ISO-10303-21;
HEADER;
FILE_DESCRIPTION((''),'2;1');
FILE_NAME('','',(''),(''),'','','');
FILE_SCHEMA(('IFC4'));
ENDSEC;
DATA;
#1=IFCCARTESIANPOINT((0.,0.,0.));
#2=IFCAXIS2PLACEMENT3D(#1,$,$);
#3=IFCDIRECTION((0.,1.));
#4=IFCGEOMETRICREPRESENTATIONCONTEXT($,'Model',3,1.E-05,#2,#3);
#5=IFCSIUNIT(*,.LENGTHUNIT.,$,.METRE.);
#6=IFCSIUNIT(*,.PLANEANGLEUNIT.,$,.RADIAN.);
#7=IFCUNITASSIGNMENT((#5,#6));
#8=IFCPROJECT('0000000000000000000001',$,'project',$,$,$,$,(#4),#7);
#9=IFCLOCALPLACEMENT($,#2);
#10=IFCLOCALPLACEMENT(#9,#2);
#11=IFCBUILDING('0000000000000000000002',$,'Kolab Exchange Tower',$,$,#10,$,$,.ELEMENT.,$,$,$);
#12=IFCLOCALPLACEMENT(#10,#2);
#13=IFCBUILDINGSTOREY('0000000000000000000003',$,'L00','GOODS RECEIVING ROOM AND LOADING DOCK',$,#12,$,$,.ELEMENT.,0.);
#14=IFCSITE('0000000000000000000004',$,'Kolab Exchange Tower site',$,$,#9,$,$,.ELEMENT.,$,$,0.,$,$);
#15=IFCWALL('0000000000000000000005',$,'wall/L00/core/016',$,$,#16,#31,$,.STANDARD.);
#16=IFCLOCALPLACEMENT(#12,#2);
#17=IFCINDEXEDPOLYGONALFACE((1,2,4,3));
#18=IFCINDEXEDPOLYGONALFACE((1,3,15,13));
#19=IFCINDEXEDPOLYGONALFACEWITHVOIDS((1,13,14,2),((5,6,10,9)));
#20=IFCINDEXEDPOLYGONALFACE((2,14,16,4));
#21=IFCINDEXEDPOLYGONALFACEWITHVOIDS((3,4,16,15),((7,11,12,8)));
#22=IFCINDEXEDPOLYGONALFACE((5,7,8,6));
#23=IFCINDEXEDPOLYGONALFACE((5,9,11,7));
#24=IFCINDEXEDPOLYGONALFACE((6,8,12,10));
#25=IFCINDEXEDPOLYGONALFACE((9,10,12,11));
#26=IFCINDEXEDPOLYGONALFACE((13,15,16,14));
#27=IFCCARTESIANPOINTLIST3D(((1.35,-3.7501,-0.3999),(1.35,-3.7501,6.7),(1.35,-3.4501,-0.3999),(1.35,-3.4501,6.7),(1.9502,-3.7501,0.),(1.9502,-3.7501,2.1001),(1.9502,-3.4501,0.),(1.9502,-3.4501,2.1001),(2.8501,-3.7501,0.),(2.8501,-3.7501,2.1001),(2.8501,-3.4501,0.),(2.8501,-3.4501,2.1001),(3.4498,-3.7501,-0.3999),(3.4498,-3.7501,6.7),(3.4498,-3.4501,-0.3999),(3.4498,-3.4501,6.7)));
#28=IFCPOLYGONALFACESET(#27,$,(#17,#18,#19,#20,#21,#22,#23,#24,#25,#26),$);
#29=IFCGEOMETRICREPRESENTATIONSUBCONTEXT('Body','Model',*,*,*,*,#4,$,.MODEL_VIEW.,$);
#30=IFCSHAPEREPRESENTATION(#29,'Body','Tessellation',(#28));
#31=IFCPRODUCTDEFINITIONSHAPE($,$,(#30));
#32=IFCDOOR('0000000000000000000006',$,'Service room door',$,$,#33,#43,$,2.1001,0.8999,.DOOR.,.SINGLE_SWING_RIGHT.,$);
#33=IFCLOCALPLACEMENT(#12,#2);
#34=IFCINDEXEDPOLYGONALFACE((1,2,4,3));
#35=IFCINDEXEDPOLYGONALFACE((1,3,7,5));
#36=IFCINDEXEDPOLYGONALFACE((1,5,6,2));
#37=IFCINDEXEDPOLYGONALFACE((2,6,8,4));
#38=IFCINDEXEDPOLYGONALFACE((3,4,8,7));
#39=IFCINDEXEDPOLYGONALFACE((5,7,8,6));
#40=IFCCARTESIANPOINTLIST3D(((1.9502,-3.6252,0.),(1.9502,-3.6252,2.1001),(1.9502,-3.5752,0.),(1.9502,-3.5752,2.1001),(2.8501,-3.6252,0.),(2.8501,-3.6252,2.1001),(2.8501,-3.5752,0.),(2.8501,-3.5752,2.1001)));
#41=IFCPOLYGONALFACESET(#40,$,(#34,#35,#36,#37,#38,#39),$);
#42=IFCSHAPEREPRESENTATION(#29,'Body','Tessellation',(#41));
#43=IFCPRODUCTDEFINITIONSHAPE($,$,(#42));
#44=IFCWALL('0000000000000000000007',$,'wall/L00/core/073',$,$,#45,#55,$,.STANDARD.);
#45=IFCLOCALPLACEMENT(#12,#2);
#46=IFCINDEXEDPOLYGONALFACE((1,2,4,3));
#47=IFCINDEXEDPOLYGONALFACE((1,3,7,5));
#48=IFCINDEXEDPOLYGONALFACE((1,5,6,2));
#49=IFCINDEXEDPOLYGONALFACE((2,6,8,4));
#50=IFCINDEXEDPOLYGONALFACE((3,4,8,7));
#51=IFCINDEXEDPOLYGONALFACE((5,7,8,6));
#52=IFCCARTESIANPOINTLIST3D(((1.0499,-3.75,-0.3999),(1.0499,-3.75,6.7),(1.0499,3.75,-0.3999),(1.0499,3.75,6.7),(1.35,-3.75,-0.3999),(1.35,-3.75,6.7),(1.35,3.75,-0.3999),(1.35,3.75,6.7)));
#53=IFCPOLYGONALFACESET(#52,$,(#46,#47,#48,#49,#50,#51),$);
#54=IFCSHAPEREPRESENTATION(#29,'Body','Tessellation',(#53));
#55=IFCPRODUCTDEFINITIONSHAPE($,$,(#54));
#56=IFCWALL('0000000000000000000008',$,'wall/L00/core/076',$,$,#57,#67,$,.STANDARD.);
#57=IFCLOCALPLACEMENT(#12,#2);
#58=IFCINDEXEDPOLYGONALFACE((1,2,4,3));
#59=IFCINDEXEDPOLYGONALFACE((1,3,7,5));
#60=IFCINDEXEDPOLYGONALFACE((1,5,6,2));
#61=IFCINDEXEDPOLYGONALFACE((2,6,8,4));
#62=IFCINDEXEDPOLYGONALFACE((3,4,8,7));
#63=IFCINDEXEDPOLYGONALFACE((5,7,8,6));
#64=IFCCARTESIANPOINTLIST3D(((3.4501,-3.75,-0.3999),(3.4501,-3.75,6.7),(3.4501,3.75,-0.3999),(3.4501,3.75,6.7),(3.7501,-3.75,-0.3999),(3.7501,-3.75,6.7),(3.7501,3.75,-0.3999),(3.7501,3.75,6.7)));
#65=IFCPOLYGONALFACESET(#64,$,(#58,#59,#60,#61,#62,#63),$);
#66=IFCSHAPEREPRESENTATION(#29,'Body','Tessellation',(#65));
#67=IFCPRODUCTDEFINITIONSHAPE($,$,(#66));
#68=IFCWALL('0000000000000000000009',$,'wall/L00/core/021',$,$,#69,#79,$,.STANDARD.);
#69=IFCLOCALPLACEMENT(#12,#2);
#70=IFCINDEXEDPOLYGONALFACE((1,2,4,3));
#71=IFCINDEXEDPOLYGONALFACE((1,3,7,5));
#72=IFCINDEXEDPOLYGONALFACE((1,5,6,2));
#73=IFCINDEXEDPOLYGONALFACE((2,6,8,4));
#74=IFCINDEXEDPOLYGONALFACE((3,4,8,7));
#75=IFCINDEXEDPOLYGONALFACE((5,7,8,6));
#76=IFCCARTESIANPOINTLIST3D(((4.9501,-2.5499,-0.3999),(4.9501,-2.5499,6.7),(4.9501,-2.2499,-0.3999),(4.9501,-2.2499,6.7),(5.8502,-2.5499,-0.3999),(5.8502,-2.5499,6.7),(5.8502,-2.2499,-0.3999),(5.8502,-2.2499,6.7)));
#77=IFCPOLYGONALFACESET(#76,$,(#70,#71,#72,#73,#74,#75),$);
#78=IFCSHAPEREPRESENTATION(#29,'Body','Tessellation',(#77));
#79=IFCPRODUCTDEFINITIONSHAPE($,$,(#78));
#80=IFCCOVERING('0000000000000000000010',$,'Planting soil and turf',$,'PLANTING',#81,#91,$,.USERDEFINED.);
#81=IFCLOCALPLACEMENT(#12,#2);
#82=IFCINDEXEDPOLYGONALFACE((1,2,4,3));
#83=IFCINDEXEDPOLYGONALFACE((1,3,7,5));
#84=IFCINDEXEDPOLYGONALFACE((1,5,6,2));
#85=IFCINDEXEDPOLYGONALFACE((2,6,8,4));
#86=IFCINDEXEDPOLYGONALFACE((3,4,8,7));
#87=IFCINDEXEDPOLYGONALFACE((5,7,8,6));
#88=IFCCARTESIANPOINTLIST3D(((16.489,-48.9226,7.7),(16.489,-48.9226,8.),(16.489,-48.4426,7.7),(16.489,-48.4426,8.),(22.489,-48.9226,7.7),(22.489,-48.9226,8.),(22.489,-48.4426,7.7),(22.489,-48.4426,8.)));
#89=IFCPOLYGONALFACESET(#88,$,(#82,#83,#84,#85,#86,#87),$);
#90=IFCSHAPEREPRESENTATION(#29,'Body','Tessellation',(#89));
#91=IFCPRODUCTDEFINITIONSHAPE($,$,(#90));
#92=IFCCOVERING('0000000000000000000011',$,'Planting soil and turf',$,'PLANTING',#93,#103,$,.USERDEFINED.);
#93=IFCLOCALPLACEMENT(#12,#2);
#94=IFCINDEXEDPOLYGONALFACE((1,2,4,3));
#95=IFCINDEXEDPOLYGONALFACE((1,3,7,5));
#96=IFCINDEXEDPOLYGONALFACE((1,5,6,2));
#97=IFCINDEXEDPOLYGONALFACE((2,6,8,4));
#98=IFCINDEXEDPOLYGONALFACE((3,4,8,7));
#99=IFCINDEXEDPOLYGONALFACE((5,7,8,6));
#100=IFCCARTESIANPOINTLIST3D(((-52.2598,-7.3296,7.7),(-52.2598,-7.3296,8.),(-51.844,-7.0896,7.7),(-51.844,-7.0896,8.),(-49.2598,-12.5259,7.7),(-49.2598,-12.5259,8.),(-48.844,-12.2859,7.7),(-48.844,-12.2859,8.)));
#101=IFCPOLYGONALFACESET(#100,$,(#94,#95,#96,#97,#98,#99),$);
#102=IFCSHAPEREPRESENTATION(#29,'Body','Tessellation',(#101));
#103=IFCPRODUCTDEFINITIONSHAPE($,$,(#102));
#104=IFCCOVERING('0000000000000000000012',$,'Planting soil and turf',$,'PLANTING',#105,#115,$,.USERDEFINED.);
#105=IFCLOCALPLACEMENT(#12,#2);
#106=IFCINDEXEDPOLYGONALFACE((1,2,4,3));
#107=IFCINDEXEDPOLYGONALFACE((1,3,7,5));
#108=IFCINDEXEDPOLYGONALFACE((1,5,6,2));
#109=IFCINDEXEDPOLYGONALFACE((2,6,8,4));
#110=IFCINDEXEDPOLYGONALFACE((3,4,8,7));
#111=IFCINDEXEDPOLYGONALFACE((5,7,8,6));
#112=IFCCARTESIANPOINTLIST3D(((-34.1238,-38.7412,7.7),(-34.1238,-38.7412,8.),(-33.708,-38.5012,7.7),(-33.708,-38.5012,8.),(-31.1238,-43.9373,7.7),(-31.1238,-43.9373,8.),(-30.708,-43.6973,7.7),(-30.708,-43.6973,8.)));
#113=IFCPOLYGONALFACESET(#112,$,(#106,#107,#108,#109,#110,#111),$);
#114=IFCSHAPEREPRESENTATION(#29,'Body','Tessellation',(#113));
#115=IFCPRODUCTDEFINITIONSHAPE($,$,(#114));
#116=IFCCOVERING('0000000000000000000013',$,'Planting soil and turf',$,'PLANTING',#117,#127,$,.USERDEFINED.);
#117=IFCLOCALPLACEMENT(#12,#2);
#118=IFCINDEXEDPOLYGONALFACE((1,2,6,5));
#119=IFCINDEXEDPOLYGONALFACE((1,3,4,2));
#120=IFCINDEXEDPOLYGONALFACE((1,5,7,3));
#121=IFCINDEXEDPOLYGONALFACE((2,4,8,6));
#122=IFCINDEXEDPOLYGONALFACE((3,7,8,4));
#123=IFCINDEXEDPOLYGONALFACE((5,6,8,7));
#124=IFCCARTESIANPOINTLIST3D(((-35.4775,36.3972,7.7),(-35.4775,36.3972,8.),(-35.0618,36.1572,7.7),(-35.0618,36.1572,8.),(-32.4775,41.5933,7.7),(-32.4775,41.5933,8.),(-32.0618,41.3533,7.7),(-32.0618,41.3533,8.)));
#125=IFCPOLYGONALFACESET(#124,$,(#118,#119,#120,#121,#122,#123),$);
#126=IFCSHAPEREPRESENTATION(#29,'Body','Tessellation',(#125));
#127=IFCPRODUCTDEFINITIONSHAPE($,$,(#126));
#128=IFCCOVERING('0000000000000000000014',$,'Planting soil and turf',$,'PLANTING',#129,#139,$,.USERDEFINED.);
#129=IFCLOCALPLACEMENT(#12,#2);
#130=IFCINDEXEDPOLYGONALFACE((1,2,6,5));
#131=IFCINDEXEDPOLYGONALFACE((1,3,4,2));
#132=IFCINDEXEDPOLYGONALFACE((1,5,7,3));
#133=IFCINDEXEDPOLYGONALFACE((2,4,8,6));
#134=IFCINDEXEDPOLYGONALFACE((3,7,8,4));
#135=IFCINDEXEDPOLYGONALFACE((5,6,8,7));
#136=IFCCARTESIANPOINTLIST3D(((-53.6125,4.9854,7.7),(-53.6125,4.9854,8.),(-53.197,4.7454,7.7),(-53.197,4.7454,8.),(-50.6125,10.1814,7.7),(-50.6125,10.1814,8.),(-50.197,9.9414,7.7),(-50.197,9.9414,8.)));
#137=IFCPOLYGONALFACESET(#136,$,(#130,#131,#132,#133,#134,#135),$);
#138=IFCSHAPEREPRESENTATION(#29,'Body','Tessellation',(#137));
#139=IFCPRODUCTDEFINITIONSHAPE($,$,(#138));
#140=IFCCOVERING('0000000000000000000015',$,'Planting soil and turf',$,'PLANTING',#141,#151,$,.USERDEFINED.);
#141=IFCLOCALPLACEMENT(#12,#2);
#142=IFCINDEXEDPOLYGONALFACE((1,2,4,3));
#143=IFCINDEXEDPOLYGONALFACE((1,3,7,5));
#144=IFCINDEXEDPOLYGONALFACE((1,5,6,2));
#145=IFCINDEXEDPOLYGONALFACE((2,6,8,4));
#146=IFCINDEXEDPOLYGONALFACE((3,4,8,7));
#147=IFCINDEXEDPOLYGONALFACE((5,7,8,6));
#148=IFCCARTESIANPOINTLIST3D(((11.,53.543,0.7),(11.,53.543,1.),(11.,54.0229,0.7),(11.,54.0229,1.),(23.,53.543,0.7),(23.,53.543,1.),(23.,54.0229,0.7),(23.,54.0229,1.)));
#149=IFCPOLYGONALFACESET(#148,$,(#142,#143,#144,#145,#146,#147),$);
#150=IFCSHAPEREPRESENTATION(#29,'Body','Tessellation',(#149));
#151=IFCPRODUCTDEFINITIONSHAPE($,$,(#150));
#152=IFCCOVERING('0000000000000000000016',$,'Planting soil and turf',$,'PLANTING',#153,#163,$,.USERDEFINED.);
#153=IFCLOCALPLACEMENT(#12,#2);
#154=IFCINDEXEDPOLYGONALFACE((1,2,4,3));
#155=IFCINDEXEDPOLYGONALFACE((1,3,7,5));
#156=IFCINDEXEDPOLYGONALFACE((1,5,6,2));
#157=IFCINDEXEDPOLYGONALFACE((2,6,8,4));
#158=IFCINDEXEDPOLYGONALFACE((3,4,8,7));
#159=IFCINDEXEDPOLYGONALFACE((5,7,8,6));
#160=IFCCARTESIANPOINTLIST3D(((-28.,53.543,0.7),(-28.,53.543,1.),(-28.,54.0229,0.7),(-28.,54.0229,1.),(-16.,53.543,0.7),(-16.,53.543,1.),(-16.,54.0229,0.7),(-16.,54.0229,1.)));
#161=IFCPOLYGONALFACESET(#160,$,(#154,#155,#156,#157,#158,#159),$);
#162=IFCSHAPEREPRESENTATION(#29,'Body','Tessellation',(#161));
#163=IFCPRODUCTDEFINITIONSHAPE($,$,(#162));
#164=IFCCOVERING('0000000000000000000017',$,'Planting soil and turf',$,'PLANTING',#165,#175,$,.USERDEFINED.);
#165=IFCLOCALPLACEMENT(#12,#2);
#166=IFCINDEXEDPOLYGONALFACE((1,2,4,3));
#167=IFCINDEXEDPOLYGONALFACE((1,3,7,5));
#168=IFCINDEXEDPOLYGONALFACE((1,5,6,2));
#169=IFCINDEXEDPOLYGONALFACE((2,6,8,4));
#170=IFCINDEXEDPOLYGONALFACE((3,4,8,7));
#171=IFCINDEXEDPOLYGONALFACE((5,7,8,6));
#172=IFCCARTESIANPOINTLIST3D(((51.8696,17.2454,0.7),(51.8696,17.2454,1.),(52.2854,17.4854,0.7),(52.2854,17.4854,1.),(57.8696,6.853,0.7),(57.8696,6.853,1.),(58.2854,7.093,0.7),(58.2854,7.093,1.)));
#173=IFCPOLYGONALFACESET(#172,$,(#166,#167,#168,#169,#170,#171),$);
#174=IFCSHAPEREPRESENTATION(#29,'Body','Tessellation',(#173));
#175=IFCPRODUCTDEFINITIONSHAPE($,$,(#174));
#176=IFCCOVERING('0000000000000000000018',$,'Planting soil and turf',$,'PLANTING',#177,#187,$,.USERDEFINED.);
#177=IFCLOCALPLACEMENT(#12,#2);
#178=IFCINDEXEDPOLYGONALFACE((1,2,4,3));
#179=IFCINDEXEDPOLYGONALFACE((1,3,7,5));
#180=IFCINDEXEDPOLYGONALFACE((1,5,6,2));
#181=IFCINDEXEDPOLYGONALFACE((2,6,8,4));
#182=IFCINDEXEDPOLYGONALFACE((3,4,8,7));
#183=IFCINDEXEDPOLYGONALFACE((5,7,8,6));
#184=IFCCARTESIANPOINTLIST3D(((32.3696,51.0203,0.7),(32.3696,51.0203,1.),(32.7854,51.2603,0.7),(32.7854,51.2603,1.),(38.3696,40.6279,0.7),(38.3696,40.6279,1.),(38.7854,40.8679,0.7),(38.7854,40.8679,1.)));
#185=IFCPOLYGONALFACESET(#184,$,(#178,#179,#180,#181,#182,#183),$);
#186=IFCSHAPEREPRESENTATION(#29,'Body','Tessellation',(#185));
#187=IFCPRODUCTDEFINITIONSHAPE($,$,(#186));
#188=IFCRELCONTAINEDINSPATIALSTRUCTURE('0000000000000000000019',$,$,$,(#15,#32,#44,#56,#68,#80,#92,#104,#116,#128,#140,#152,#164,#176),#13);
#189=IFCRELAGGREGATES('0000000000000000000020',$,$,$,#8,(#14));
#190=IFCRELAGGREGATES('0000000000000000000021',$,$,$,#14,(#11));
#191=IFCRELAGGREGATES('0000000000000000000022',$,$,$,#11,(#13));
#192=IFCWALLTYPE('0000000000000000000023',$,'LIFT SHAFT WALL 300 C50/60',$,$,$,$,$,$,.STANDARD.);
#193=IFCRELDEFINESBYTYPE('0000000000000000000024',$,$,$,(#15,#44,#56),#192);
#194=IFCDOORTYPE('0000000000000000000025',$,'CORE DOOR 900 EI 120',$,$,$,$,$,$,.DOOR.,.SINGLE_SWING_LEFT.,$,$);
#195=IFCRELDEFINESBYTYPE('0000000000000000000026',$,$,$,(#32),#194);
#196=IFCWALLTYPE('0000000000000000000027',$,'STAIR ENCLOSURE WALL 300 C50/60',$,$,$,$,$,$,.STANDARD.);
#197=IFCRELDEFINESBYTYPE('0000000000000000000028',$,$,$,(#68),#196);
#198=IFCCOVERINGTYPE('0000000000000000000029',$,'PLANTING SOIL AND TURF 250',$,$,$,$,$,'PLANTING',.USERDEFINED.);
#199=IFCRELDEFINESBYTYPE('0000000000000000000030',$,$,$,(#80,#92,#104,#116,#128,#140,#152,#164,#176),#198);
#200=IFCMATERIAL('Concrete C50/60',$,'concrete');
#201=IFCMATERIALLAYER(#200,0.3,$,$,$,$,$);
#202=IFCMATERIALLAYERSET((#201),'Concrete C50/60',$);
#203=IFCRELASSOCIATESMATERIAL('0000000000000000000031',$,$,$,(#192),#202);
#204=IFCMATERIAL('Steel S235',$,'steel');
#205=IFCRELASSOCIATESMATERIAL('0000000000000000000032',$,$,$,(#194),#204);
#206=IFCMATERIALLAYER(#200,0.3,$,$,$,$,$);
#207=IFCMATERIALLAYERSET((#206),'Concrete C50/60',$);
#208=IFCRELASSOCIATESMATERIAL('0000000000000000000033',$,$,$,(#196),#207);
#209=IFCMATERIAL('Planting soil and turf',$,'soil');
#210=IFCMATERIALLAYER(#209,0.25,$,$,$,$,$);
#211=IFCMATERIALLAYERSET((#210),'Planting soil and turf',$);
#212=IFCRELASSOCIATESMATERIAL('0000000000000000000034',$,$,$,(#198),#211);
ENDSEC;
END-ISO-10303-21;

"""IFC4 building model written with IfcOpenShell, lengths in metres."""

from ifc_helpers import new_model, si_unit, direction, frame, frame_2d, origin, place, context, subcontext, project, spatial, polyline, rectangle, outline, extrude, material, layer, layer_set, type_object, element, fill, save


model = new_model("IFC4")

# Units and contexts
model_context = context("Model", 3, precision=1e-05, world=origin(), true_north=direction((0.0, 1.0)))
body_context = subcontext(model_context, "Body", "Model", "MODEL_VIEW")
ifc_project = project(units=[si_unit("LENGTHUNIT", "METRE"), si_unit("PLANEANGLEUNIT", "RADIAN")], contexts=[model_context])

# Site, building, storey
site_placement = place(None, origin())
site = spatial("IfcSite", under=ifc_project, at=site_placement, Name="Kolab Exchange Tower site", CompositionType="ELEMENT", RefElevation=0.0)
building_placement = place(site_placement, origin())
building = spatial("IfcBuilding", under=site, at=building_placement, Name="Kolab Exchange Tower", CompositionType="ELEMENT")
storey_placement = place(building_placement, origin())
storey = spatial("IfcBuildingStorey", under=building, at=storey_placement, Name="L00", Description="GOODS RECEIVING ROOM AND LOADING DOCK", CompositionType="ELEMENT", Elevation=0.0)

# Wall, opening, door
ifc_material_1 = material(Name="Concrete C50/60", Category="concrete")
ifc_layer_1 = layer(ifc_material_1, 0.3)
ifc_layer_set_1 = layer_set([ifc_layer_1], Name="Concrete C50/60")
wall_type_1 = type_object("IfcWallType", Name="LIFT SHAFT WALL 300 C50/60", PredefinedType="STANDARD", material=ifc_layer_set_1)
wall_1_placement = place(storey_placement, frame((1.3501, -3.6001, -0.3999), z_axis=(0.0, 0.0, 1.0), x_axis=(1.0, 0.0, 0.0)))
wall_1 = element("IfcWall", 1, at=wall_1_placement, inside=storey, type_object=wall_type_1, Name="wall/L00/core/016", PredefinedType="STANDARD", context=body_context, shape_type="SweptSolid", body=[
    extrude(rectangle(XDim=2.0999, YDim=0.3, at=frame_2d((1.0498, 0.0))), origin(), (0.0, 0.0, 1.0), 7.0999),
])
opening_placement = place(wall_1_placement, frame((0.6001, 0.0, 0.3999)))
opening = element("IfcOpeningElement", 2, at=opening_placement, cuts=wall_1, PredefinedType="OPENING", context=body_context, shape_type="SweptSolid", body=[
    extrude(rectangle(XDim=0.8999, YDim=2.1001, at=frame_2d((0.45, 1.05))), frame((0.0, 0.1602, 0.0), z_axis=(0.0, -1.0, 0.0), x_axis=(1.0, 0.0, 0.0)), (0.0, 0.0, 1.0), 0.3201),
])
ifc_material_2 = material(Name="Steel S235", Category="steel")
door_type = type_object("IfcDoorType", Name="CORE DOOR 900 EI 120", OperationType="SINGLE_SWING_LEFT", PredefinedType="DOOR", material=ifc_material_2)
door_placement = place(opening_placement, origin())
door = element("IfcDoor", 3, at=door_placement, inside=storey, type_object=door_type, Name="Service room door", OperationType="SINGLE_SWING_RIGHT", OverallHeight=2.1001, OverallWidth=0.8999, PredefinedType="DOOR", context=body_context, shape_type="SweptSolid", body=[
    extrude(rectangle(XDim=0.8999, YDim=2.1001, at=frame_2d((0.45, 1.05))), frame((0.0, 0.0249, 0.0), z_axis=(0.0, -1.0, 0.0), x_axis=(1.0, 0.0, 0.0)), (0.0, 0.0, 1.0), 0.05),
])
fill(opening, door)

# Walls
for number, where, z_axis, x_axis, name in (
    (4, (1.2, -3.75, -0.3999), (0.0, 0.0, 1.0), (0.0, 1.0, 0.0), "wall/L00/core/073"),
    (5, (3.6001, -3.75, -0.3999), (0.0, 0.0, 1.0), (0.0, 1.0, 0.0), "wall/L00/core/076"),
):
    element("IfcWall", number, at=place(storey_placement, frame(where, z_axis=z_axis, x_axis=x_axis)), inside=storey, type_object=wall_type_1, Name=name, PredefinedType="STANDARD", context=body_context, shape_type="SweptSolid", body=[
        extrude(rectangle(XDim=7.5, YDim=0.3, at=frame_2d((3.75, 0.0))), origin(), (0.0, 0.0, 1.0), 7.0999),
    ])
ifc_layer_2 = layer(ifc_material_1, 0.3)
ifc_layer_set_2 = layer_set([ifc_layer_2], Name="Concrete C50/60")
wall_type_2 = type_object("IfcWallType", Name="STAIR ENCLOSURE WALL 300 C50/60", PredefinedType="STANDARD", material=ifc_layer_set_2)
wall_2_placement = place(storey_placement, frame((4.95, -2.3999, -0.3999), z_axis=(0.0, 0.0, 1.0), x_axis=(1.0, 0.0, 0.0)))
element("IfcWall", 6, at=wall_2_placement, inside=storey, type_object=wall_type_2, Name="wall/L00/core/021", PredefinedType="STANDARD", context=body_context, shape_type="SweptSolid", body=[
    extrude(rectangle(XDim=0.9001, YDim=0.3, at=frame_2d((0.4502, 0.0))), origin(), (0.0, 0.0, 1.0), 7.0999),
])

# Coverings
ifc_material_3 = material(Name="Planting soil and turf", Category="soil")
ifc_layer_3 = layer(ifc_material_3, 0.25)
ifc_layer_set_3 = layer_set([ifc_layer_3], Name="Planting soil and turf")
covering_type = type_object("IfcCoveringType", Name="PLANTING SOIL AND TURF 250", ElementType="PLANTING", PredefinedType="USERDEFINED", material=ifc_layer_set_3)
covering_1_placement = place(storey_placement, frame((0.0, 0.0, 7.7)))
element("IfcCovering", 7, at=covering_1_placement, inside=storey, type_object=covering_type, Name="Planting soil and turf", ObjectType="PLANTING", PredefinedType="USERDEFINED", context=body_context, shape_type="SweptSolid", body=[
    extrude(outline(polyline([(16.489, -48.9226), (16.489, -48.4426), (22.489, -48.4426), (22.489, -48.9226), (16.489, -48.9226)])), origin(), (0.0, 0.0, 1.0), 0.3),
])
covering_2_placement = place(storey_placement, frame((0.0, 0.0, 7.7)))
element("IfcCovering", 8, at=covering_2_placement, inside=storey, type_object=covering_type, Name="Planting soil and turf", ObjectType="PLANTING", PredefinedType="USERDEFINED", context=body_context, shape_type="SweptSolid", body=[
    extrude(outline(polyline([(-52.2598, -7.3296), (-51.844, -7.0896), (-48.844, -12.2859), (-49.2598, -12.5259), (-52.2598, -7.3296)])), origin(), (0.0, 0.0, 1.0), 0.3),
])
covering_3_placement = place(storey_placement, frame((0.0, 0.0, 7.7)))
element("IfcCovering", 9, at=covering_3_placement, inside=storey, type_object=covering_type, Name="Planting soil and turf", ObjectType="PLANTING", PredefinedType="USERDEFINED", context=body_context, shape_type="SweptSolid", body=[
    extrude(outline(polyline([(-34.1238, -38.7412), (-33.708, -38.5012), (-30.708, -43.6973), (-31.1238, -43.9373), (-34.1238, -38.7412)])), origin(), (0.0, 0.0, 1.0), 0.3),
])
covering_4_placement = place(storey_placement, frame((0.0, 0.0, 7.7)))
element("IfcCovering", 10, at=covering_4_placement, inside=storey, type_object=covering_type, Name="Planting soil and turf", ObjectType="PLANTING", PredefinedType="USERDEFINED", context=body_context, shape_type="SweptSolid", body=[
    extrude(outline(polyline([(-32.4775, 41.5933), (-32.0618, 41.3533), (-35.0618, 36.1572), (-35.4775, 36.3972), (-32.4775, 41.5933)])), origin(), (0.0, 0.0, 1.0), 0.3),
])
covering_5_placement = place(storey_placement, frame((0.0, 0.0, 7.7)))
element("IfcCovering", 11, at=covering_5_placement, inside=storey, type_object=covering_type, Name="Planting soil and turf", ObjectType="PLANTING", PredefinedType="USERDEFINED", context=body_context, shape_type="SweptSolid", body=[
    extrude(outline(polyline([(-50.6125, 10.1814), (-50.197, 9.9414), (-53.197, 4.7454), (-53.6125, 4.9854), (-50.6125, 10.1814)])), origin(), (0.0, 0.0, 1.0), 0.3),
])
covering_6_placement = place(storey_placement, frame((0.0, 0.0, 0.7)))
element("IfcCovering", 12, at=covering_6_placement, inside=storey, type_object=covering_type, Name="Planting soil and turf", ObjectType="PLANTING", PredefinedType="USERDEFINED", context=body_context, shape_type="SweptSolid", body=[
    extrude(outline(polyline([(23.0, 54.0229), (23.0, 53.543), (11.0, 53.543), (11.0, 54.0229), (23.0, 54.0229)])), origin(), (0.0, 0.0, 1.0), 0.3),
])
covering_7_placement = place(storey_placement, frame((0.0, 0.0, 0.7)))
element("IfcCovering", 13, at=covering_7_placement, inside=storey, type_object=covering_type, Name="Planting soil and turf", ObjectType="PLANTING", PredefinedType="USERDEFINED", context=body_context, shape_type="SweptSolid", body=[
    extrude(outline(polyline([(-16.0, 54.0229), (-16.0, 53.543), (-28.0, 53.543), (-28.0, 54.0229), (-16.0, 54.0229)])), origin(), (0.0, 0.0, 1.0), 0.3),
])
covering_8_placement = place(storey_placement, frame((0.0, 0.0, 0.7)))
element("IfcCovering", 14, at=covering_8_placement, inside=storey, type_object=covering_type, Name="Planting soil and turf", ObjectType="PLANTING", PredefinedType="USERDEFINED", context=body_context, shape_type="SweptSolid", body=[
    extrude(outline(polyline([(58.2854, 7.093), (57.8696, 6.853), (51.8696, 17.2454), (52.2854, 17.4854), (58.2854, 7.093)])), origin(), (0.0, 0.0, 1.0), 0.3),
])
covering_9_placement = place(storey_placement, frame((0.0, 0.0, 0.7)))
element("IfcCovering", 15, at=covering_9_placement, inside=storey, type_object=covering_type, Name="Planting soil and turf", ObjectType="PLANTING", PredefinedType="USERDEFINED", context=body_context, shape_type="SweptSolid", body=[
    extrude(outline(polyline([(38.7854, 40.8679), (38.3696, 40.6279), (32.3696, 51.0203), (32.7854, 51.2603), (38.7854, 40.8679)])), origin(), (0.0, 0.0, 1.0), 0.3),
])

save(model, "model.ifc")
